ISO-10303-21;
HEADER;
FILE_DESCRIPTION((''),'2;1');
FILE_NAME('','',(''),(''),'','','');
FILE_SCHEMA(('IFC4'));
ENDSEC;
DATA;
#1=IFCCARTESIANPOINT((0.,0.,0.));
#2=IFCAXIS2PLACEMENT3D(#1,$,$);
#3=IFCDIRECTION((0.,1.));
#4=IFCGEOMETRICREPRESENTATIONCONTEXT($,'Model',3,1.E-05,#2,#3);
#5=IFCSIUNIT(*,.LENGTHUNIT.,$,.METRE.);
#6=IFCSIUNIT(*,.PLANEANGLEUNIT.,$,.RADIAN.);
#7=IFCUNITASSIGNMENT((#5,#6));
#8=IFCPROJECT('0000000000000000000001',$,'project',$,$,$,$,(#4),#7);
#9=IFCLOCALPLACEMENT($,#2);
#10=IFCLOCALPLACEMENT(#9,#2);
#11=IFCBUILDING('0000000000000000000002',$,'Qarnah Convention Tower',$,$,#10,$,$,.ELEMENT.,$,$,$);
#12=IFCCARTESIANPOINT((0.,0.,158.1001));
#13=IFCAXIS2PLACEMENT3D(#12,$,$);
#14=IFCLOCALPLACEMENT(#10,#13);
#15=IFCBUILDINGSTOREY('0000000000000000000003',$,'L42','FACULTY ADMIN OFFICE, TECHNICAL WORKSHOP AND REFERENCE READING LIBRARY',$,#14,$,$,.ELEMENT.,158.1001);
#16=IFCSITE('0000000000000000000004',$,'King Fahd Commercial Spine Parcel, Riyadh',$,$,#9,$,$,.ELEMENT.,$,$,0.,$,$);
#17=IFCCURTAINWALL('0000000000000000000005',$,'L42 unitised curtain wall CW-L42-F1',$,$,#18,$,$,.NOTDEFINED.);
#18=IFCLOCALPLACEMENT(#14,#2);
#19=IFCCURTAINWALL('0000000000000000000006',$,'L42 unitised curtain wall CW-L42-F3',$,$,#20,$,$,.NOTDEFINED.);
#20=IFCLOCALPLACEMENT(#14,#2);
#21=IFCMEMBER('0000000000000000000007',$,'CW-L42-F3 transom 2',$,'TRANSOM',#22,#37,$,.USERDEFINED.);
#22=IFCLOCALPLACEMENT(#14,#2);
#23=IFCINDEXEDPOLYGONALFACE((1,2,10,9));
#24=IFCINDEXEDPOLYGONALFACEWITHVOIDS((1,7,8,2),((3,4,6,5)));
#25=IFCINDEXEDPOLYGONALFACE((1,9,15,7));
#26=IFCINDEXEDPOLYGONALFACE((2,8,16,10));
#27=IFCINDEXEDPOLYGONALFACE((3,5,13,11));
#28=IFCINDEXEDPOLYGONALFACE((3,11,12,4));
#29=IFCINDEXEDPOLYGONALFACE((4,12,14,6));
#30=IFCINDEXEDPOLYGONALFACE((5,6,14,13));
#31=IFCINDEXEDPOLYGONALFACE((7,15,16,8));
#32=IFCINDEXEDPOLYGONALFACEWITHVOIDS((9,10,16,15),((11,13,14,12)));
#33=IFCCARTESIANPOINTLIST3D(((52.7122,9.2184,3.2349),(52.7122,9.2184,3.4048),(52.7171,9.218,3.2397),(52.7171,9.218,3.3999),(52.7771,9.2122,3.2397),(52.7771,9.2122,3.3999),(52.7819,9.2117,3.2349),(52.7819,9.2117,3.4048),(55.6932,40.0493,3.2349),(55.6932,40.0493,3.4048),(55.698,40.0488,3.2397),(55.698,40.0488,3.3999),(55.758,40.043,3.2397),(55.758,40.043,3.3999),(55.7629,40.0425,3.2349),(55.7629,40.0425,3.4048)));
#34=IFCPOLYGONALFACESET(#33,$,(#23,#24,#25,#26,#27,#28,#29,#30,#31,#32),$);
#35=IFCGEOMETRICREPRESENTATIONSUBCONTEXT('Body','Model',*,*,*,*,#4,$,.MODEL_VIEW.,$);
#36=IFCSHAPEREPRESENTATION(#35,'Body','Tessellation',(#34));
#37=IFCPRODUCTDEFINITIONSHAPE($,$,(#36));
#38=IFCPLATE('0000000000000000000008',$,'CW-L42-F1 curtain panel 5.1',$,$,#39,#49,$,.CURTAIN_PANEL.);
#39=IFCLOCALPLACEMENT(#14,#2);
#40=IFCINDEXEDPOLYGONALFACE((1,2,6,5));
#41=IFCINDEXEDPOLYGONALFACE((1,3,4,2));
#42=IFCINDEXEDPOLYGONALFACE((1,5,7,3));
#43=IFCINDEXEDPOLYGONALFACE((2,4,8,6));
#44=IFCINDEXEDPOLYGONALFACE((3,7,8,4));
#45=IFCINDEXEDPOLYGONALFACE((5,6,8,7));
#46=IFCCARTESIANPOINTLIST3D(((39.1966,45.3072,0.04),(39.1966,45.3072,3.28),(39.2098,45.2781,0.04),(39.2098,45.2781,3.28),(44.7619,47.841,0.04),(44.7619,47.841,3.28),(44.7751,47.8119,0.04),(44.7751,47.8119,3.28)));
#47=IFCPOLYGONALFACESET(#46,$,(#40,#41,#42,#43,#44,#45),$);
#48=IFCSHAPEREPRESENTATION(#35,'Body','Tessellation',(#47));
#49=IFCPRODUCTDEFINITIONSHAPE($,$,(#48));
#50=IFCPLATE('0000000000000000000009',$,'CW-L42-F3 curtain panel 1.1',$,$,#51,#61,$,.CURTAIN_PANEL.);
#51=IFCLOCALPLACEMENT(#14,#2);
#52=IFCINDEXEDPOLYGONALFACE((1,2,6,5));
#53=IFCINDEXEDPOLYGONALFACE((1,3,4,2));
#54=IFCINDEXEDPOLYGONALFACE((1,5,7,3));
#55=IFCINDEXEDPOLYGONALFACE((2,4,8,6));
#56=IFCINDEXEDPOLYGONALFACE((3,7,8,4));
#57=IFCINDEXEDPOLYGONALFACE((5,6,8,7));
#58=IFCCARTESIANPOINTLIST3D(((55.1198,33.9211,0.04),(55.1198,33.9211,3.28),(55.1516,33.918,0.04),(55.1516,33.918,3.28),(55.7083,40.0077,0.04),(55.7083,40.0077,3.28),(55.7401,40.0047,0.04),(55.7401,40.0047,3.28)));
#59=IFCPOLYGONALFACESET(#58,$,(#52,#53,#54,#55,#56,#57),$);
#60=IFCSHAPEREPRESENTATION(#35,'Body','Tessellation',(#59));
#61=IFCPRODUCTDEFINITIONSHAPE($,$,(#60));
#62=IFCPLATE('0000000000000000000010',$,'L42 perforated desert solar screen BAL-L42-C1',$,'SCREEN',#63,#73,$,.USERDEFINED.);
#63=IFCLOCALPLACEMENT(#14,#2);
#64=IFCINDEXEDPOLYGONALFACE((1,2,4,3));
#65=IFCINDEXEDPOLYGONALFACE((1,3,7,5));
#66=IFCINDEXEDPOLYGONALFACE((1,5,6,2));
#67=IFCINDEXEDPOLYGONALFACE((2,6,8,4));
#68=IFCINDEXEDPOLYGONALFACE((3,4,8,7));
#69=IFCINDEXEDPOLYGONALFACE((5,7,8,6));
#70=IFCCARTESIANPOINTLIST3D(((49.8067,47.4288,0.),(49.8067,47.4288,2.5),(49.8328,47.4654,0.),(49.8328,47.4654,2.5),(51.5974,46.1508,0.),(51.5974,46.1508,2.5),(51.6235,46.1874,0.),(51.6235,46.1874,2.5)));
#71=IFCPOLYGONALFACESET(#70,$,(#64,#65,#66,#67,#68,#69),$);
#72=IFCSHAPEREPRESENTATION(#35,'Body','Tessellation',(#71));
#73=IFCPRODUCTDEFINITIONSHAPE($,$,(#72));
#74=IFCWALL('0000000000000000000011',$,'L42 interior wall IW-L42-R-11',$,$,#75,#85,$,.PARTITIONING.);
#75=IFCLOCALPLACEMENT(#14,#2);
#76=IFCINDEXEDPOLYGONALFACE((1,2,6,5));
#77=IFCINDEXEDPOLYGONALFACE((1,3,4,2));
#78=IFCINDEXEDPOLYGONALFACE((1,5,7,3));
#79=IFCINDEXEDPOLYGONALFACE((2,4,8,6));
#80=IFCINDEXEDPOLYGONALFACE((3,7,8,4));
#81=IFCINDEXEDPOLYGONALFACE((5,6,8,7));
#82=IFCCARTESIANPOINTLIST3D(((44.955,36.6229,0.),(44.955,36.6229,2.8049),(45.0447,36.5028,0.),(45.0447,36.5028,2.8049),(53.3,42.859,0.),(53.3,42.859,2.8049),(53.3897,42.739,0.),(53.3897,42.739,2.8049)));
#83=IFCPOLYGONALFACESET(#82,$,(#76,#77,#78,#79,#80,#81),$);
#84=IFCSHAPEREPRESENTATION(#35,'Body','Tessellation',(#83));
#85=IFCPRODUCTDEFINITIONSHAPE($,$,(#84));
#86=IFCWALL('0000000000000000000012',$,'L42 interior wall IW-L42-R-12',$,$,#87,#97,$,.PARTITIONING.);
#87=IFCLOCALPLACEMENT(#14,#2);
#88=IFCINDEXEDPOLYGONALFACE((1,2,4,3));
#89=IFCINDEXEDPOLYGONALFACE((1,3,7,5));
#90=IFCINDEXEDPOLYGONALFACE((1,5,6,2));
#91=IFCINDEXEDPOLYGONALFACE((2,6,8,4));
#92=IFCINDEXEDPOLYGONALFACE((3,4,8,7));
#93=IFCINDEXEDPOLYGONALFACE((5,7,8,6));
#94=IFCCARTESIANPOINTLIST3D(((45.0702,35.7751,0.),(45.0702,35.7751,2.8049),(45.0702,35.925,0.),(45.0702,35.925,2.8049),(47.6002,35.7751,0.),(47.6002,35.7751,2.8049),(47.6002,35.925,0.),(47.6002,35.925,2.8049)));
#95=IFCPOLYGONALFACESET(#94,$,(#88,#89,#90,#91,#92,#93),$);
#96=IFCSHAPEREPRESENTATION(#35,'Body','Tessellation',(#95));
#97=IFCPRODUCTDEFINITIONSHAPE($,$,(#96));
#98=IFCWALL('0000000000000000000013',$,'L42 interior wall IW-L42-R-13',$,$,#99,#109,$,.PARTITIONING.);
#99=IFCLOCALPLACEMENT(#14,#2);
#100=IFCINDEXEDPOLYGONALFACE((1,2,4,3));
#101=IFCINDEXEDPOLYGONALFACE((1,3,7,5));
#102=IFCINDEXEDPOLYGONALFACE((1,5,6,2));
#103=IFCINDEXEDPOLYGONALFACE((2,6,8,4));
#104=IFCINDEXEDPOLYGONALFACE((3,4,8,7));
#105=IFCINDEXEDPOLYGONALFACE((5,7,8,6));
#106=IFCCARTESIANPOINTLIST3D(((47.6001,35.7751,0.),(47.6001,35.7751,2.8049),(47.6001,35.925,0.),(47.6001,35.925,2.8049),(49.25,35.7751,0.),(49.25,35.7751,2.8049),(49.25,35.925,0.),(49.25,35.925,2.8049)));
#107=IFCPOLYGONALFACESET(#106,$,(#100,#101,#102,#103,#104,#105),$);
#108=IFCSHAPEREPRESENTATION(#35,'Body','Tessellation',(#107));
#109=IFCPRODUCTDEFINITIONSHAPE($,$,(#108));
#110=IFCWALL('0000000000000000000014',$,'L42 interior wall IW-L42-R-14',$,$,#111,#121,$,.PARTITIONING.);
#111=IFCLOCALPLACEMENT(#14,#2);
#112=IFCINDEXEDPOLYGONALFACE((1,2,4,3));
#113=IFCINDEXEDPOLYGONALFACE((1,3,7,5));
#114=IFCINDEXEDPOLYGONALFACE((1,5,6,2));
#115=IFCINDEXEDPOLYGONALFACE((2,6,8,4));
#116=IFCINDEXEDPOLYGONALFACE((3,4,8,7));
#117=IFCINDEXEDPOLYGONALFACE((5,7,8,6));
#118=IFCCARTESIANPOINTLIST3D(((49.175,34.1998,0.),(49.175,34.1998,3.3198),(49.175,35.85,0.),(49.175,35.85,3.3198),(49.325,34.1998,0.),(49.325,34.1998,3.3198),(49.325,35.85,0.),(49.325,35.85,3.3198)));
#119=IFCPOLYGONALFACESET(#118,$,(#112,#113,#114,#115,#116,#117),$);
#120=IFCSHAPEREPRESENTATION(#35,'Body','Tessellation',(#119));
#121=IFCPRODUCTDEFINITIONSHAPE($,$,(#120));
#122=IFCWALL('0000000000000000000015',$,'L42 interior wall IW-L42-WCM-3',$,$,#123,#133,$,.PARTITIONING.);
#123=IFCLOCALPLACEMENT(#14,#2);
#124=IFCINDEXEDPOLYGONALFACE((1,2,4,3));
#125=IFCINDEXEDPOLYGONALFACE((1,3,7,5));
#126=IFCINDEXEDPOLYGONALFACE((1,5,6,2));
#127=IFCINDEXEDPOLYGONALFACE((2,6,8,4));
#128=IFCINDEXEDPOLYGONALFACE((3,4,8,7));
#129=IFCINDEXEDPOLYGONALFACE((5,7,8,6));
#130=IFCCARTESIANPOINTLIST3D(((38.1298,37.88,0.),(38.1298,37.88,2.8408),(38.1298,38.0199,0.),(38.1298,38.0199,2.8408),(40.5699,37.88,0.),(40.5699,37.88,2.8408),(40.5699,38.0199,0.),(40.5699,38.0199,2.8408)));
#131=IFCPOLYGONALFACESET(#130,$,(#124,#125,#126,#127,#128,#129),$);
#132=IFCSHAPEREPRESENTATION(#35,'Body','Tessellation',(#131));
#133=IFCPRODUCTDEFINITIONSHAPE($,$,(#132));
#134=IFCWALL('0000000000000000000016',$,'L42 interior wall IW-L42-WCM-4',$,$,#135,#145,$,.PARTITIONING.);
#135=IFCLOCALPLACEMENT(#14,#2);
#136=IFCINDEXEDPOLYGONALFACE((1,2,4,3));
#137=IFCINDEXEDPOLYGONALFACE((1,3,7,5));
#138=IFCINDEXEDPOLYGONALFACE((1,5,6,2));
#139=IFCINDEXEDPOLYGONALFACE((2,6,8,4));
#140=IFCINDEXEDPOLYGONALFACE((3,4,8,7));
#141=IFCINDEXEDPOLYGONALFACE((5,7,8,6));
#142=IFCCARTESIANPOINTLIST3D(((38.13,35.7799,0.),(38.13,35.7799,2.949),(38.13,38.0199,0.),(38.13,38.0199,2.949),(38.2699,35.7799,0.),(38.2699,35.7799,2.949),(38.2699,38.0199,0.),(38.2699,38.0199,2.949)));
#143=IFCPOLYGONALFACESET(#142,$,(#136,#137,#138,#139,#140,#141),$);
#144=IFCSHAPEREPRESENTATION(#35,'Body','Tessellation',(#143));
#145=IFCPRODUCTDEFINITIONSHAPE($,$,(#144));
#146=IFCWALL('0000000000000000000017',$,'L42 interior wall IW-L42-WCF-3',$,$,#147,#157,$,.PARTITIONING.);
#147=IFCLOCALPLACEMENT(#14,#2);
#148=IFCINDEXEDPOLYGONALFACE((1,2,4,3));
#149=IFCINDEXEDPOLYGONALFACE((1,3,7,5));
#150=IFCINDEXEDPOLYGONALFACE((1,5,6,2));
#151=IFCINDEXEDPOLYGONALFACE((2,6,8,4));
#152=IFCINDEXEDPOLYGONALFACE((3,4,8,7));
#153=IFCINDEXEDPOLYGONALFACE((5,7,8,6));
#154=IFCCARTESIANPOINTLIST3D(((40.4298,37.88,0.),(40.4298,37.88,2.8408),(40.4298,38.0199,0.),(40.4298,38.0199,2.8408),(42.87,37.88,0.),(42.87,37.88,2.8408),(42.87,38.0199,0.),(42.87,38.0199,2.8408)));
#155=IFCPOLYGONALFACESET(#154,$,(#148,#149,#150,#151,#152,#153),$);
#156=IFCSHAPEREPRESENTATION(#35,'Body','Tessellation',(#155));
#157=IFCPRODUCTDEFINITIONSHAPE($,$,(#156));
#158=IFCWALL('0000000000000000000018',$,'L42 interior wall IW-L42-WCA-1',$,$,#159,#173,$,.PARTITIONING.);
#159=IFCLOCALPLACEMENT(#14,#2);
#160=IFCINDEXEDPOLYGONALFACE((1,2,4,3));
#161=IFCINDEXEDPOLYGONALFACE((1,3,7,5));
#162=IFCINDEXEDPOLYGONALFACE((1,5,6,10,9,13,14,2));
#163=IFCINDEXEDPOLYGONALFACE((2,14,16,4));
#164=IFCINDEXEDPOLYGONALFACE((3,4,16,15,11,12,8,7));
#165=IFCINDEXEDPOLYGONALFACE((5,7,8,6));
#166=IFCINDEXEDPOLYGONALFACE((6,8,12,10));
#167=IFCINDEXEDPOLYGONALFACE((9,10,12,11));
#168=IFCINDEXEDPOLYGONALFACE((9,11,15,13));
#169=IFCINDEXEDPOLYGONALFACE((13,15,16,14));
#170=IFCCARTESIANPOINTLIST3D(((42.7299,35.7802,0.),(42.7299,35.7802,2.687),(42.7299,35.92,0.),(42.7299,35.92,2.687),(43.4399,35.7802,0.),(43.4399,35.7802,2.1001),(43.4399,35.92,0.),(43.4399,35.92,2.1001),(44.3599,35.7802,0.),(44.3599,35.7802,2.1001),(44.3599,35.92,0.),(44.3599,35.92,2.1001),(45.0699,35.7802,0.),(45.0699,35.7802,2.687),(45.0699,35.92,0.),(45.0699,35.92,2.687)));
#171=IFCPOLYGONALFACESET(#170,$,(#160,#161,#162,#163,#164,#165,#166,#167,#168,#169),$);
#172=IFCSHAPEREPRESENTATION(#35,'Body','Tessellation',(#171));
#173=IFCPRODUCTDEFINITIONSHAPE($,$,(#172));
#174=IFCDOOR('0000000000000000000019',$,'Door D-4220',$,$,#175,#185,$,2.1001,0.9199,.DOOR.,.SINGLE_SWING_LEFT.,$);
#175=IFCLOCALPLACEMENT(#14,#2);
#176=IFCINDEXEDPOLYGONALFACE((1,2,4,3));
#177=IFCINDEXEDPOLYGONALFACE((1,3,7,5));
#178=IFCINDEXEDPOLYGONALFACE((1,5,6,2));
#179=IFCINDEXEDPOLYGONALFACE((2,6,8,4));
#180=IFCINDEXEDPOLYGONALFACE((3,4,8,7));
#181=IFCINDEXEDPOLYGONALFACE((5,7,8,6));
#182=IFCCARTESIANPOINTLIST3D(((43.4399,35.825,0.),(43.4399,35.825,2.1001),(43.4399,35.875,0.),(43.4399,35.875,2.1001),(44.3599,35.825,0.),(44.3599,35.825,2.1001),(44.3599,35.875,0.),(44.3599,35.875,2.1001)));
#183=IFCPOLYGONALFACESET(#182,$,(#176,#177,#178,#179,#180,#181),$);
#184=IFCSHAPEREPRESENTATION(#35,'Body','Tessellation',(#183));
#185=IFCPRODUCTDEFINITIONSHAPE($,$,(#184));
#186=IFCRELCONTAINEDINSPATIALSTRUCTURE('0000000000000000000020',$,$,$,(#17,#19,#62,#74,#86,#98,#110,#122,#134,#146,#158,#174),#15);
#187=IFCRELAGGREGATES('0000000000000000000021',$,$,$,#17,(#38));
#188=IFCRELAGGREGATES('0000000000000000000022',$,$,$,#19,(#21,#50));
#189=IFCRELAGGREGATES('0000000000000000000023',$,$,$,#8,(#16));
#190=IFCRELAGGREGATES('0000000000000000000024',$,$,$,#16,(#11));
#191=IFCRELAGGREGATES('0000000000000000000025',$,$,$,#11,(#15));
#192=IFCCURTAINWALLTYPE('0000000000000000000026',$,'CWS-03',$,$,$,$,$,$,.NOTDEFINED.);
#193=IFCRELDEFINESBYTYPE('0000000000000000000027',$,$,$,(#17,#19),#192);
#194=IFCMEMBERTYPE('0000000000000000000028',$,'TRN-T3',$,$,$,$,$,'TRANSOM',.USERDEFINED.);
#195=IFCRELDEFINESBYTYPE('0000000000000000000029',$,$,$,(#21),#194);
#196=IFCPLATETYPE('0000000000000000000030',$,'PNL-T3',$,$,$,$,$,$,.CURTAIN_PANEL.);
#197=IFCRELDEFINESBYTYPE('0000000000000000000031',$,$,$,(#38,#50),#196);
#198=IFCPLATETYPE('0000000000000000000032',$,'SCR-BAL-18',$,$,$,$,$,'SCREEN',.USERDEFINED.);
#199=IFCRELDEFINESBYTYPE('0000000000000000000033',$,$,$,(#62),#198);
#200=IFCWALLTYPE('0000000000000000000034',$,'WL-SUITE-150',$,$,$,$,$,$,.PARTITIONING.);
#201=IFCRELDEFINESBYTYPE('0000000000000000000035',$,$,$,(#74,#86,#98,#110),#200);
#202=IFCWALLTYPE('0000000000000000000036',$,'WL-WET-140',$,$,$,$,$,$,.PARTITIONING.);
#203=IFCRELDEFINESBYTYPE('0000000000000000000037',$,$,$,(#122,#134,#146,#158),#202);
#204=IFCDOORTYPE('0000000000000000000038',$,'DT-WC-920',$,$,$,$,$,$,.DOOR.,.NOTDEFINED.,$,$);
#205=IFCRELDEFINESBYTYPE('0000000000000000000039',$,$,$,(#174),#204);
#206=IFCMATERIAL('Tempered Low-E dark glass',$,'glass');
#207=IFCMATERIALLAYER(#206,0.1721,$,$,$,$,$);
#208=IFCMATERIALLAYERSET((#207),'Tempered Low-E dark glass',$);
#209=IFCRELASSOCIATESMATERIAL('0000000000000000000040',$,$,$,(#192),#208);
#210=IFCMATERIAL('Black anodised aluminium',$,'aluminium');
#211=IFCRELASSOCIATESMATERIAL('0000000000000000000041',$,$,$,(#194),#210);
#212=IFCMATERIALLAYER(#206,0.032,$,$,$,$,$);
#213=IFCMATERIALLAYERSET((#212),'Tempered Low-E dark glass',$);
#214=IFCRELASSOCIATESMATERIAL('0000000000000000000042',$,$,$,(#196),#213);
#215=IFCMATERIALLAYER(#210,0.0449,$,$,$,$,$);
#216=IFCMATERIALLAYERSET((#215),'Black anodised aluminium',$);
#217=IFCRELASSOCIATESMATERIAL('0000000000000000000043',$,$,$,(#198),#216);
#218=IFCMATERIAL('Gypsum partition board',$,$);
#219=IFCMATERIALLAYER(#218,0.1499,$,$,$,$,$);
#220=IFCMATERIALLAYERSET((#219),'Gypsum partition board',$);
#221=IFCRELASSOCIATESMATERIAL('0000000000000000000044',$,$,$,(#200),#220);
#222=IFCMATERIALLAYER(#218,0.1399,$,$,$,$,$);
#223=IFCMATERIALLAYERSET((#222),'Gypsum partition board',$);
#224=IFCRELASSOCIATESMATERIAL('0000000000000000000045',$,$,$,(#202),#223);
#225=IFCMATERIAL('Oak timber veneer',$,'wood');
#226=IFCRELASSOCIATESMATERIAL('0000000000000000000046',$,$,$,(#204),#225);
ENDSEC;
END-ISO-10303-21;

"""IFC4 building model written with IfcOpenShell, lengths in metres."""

from ifc_helpers import new_model, si_unit, direction, frame, frame_2d, origin, origin_2d, place, context, subcontext, project, spatial, rectangle, hollow_rectangle, extrude, material, layer, layer_set, material_profile, profile_set, type_object, element, fill, aggregate, save


model = new_model("IFC4")

# Units and contexts
model_context = context("Model", 3, precision=1e-05, world=origin(), true_north=direction((0.0, 1.0)))
body_context = subcontext(model_context, "Body", "Model", "MODEL_VIEW")
ifc_project = project(units=[si_unit("LENGTHUNIT", "METRE"), si_unit("PLANEANGLEUNIT", "RADIAN")], contexts=[model_context])

# Site, building, storey
site_placement = place(None, origin())
site = spatial("IfcSite", under=ifc_project, at=site_placement, Name="King Fahd Commercial Spine Parcel, Riyadh", CompositionType="ELEMENT", RefElevation=0.0)
building_placement = place(site_placement, origin())
building = spatial("IfcBuilding", under=site, at=building_placement, Name="Qarnah Convention Tower", CompositionType="ELEMENT")
storey_placement = place(building_placement, frame((0.0, 0.0, 158.1001)))
storey = spatial("IfcBuildingStorey", under=building, at=storey_placement, Name="L42", Description="FACULTY ADMIN OFFICE, TECHNICAL WORKSHOP AND REFERENCE READING LIBRARY", CompositionType="ELEMENT", Elevation=158.1001)

# Curtain walls, member
ifc_material_1 = material(Name="Tempered Low-E dark glass", Category="glass")
ifc_layer_1 = layer(ifc_material_1, 0.1721)
ifc_layer_set_1 = layer_set([ifc_layer_1], Name="Tempered Low-E dark glass")
curtain_wall_type = type_object("IfcCurtainWallType", Name="CWS-03", PredefinedType="NOTDEFINED", material=ifc_layer_set_1)
curtain_wall_1_placement = place(storey_placement, origin())
curtain_wall_1 = element("IfcCurtainWall", 1, at=curtain_wall_1_placement, inside=storey, type_object=curtain_wall_type, Name="L42 unitised curtain wall CW-L42-F1", PredefinedType="NOTDEFINED")
ifc_material_2 = material(Name="Black anodised aluminium", Category="aluminium")
curtain_wall_2_placement = place(storey_placement, origin())
curtain_wall_2 = element("IfcCurtainWall", 2, at=curtain_wall_2_placement, inside=storey, type_object=curtain_wall_type, Name="L42 unitised curtain wall CW-L42-F3", PredefinedType="NOTDEFINED")
ifc_material_profile_1 = material_profile(ifc_material_2, hollow_rectangle(XDim=0.0701, YDim=0.1699, WallThickness=0.0049, at=origin_2d()), Name="TRN-70X170")
ifc_profile_set_1 = profile_set([ifc_material_profile_1], Name="Black anodised aluminium")
member_type_1 = type_object("IfcMemberType", Name="TRN-T3", ElementType="TRANSOM", PredefinedType="USERDEFINED", material=ifc_profile_set_1)
member_1_placement = place(storey_placement, frame((55.728, 40.0459, 3.3198), z_axis=(-0.096239, -0.995358, 0.0), x_axis=(0.995358, -0.096239, 0.0)))
member_1 = element("IfcMember", 3, at=member_1_placement, type_object=member_type_1, Name="CW-L42-F3 transom 2", ObjectType="TRANSOM", PredefinedType="USERDEFINED", context=body_context, shape_type="SweptSolid", body=[
    extrude(hollow_rectangle(XDim=0.0701, YDim=0.1699, WallThickness=0.0049, at=origin_2d()), origin(), (0.0, 0.0, 1.0), 30.9746),
])

# Plates
ifc_layer_2 = layer(ifc_material_1, 0.032)
ifc_layer_set_2 = layer_set([ifc_layer_2], Name="Tempered Low-E dark glass")
plate_type_1 = type_object("IfcPlateType", Name="PNL-T3", PredefinedType="CURTAIN_PANEL", material=ifc_layer_set_2)
plate_1_placement = place(storey_placement, frame((41.9858, 46.5596, 0.04), z_axis=(0.0, 0.0, 1.0), x_axis=(0.910112, 0.414362, 0.0)))
plate_1 = element("IfcPlate", 4, at=plate_1_placement, type_object=plate_type_1, Name="CW-L42-F1 curtain panel 5.1", PredefinedType="CURTAIN_PANEL", context=body_context, shape_type="SweptSolid", body=[
    extrude(rectangle(XDim=6.115, YDim=0.032, at=origin_2d()), origin(), (0.0, 0.0, 1.0), 3.24),
])
aggregate(curtain_wall_1, [plate_1])
plate_2_placement = place(storey_placement, frame((55.4299, 36.9629, 0.04), z_axis=(0.0, 0.0, 1.0), x_axis=(-0.09624, -0.995358, 0.0)))
plate_2 = element("IfcPlate", 5, at=plate_2_placement, type_object=plate_type_1, Name="CW-L42-F3 curtain panel 1.1", PredefinedType="CURTAIN_PANEL", context=body_context, shape_type="SweptSolid", body=[
    extrude(rectangle(XDim=6.115, YDim=0.032, at=origin_2d()), origin(), (0.0, 0.0, 1.0), 3.24),
])
aggregate(curtain_wall_2, [member_1, plate_2])
ifc_layer_3 = layer(ifc_material_2, 0.0449)
ifc_layer_set_3 = layer_set([ifc_layer_3], Name="Black anodised aluminium")
plate_type_2 = type_object("IfcPlateType", Name="SCR-BAL-18", ElementType="SCREEN", PredefinedType="USERDEFINED", material=ifc_layer_set_3)
plate_3_placement = place(storey_placement, frame((50.7151, 46.8081, 0.0), z_axis=(0.0, 0.0, 1.0), x_axis=(0.813969, -0.580909, 0.0)))
element("IfcPlate", 6, at=plate_3_placement, inside=storey, type_object=plate_type_2, Name="L42 perforated desert solar screen BAL-L42-C1", ObjectType="SCREEN", PredefinedType="USERDEFINED", context=body_context, shape_type="SweptSolid", body=[
    extrude(rectangle(XDim=2.2, YDim=0.0449, at=origin_2d()), origin(), (0.0, 0.0, 1.0), 2.5),
])

# Walls
ifc_material_3 = material(Name="Gypsum partition board")
ifc_layer_4 = layer(ifc_material_3, 0.1499)
ifc_layer_set_4 = layer_set([ifc_layer_4], Name="Gypsum partition board")
wall_type_1 = type_object("IfcWallType", Name="WL-SUITE-150", PredefinedType="PARTITIONING", material=ifc_layer_set_4)
wall_1_placement = place(storey_placement, frame((53.345, 42.7991, 0.0), z_axis=(0.0, 0.0, 1.0), x_axis=(-0.801042, -0.598608, 0.0)))
element("IfcWall", 7, at=wall_1_placement, inside=storey, type_object=wall_type_1, Name="L42 interior wall IW-L42-R-11", PredefinedType="PARTITIONING", context=body_context, shape_type="SweptSolid", body=[
    extrude(rectangle(XDim=10.4177, YDim=0.1499, at=frame_2d((5.209, 0.0))), origin(), (0.0, 0.0, 1.0), 2.8049),
])
wall_2_placement = place(storey_placement, frame((45.0701, 35.8501, 0.0), z_axis=(0.0, 0.0, 1.0), x_axis=(1.0, 0.0, 0.0)))
element("IfcWall", 8, at=wall_2_placement, inside=storey, type_object=wall_type_1, Name="L42 interior wall IW-L42-R-12", PredefinedType="PARTITIONING", context=body_context, shape_type="SweptSolid", body=[
    extrude(rectangle(XDim=2.53, YDim=0.1499, at=frame_2d((1.2651, 0.0))), origin(), (0.0, 0.0, 1.0), 2.8049),
])
wall_3_placement = place(storey_placement, frame((47.6001, 35.8501, 0.0), z_axis=(0.0, 0.0, 1.0), x_axis=(1.0, 0.0, 0.0)))
element("IfcWall", 9, at=wall_3_placement, inside=storey, type_object=wall_type_1, Name="L42 interior wall IW-L42-R-13", PredefinedType="PARTITIONING", context=body_context, shape_type="SweptSolid", body=[
    extrude(rectangle(XDim=1.6499, YDim=0.1499, at=frame_2d((0.825, 0.0))), origin(), (0.0, 0.0, 1.0), 2.8049),
])
wall_4_placement = place(storey_placement, frame((49.25, 35.8501, 0.0), z_axis=(0.0, 0.0, 1.0), x_axis=(0.0, -1.0, 0.0)))
element("IfcWall", 10, at=wall_4_placement, inside=storey, type_object=wall_type_1, Name="L42 interior wall IW-L42-R-14", PredefinedType="PARTITIONING", context=body_context, shape_type="SweptSolid", body=[
    extrude(rectangle(XDim=1.6501, YDim=0.1499, at=frame_2d((0.8252, 0.0))), origin(), (0.0, 0.0, 1.0), 3.3198),
])
ifc_layer_5 = layer(ifc_material_3, 0.1399)
ifc_layer_set_5 = layer_set([ifc_layer_5], Name="Gypsum partition board")
wall_type_2 = type_object("IfcWallType", Name="WL-WET-140", PredefinedType="PARTITIONING", material=ifc_layer_set_5)
wall_5_placement = place(storey_placement, frame((40.5701, 37.95, 0.0), z_axis=(0.0, 0.0, 1.0), x_axis=(-1.0, 0.0, 0.0)))
element("IfcWall", 11, at=wall_5_placement, inside=storey, type_object=wall_type_2, Name="L42 interior wall IW-L42-WCM-3", PredefinedType="PARTITIONING", context=body_context, shape_type="SweptSolid", body=[
    extrude(rectangle(XDim=2.4402, YDim=0.1399, at=frame_2d((1.2202, 0.0))), origin(), (0.0, 0.0, 1.0), 2.8408),
])
wall_6_placement = place(storey_placement, frame((38.2, 38.02, 0.0), z_axis=(0.0, 0.0, 1.0), x_axis=(0.0, -1.0, 0.0)))
element("IfcWall", 12, at=wall_6_placement, inside=storey, type_object=wall_type_2, Name="L42 interior wall IW-L42-WCM-4", PredefinedType="PARTITIONING", context=body_context, shape_type="SweptSolid", body=[
    extrude(rectangle(XDim=2.24, YDim=0.1399, at=frame_2d((1.1201, 0.0))), origin(), (0.0, 0.0, 1.0), 2.949),
])
wall_7_placement = place(storey_placement, frame((42.8701, 37.95, 0.0), z_axis=(0.0, 0.0, 1.0), x_axis=(-1.0, 0.0, 0.0)))
element("IfcWall", 13, at=wall_7_placement, inside=storey, type_object=wall_type_2, Name="L42 interior wall IW-L42-WCF-3", PredefinedType="PARTITIONING", context=body_context, shape_type="SweptSolid", body=[
    extrude(rectangle(XDim=2.4402, YDim=0.1399, at=frame_2d((1.2202, 0.0))), origin(), (0.0, 0.0, 1.0), 2.8408),
])

# Wall, opening, door
wall_8_placement = place(storey_placement, frame((42.73, 35.8501, 0.0), z_axis=(0.0, 0.0, 1.0), x_axis=(1.0, 0.0, 0.0)))
wall_8 = element("IfcWall", 14, at=wall_8_placement, inside=storey, type_object=wall_type_2, Name="L42 interior wall IW-L42-WCA-1", PredefinedType="PARTITIONING", context=body_context, shape_type="SweptSolid", body=[
    extrude(rectangle(XDim=2.3401, YDim=0.1399, at=frame_2d((1.1699, 0.0))), origin(), (0.0, 0.0, 1.0), 2.687),
])
opening_1_placement = place(wall_8_placement, frame((0.71, 0.0, 0.0)))
opening_1 = element("IfcOpeningElement", 15, at=opening_1_placement, cuts=wall_8, PredefinedType="OPENING", context=body_context, shape_type="SweptSolid", body=[
    extrude(rectangle(XDim=0.9199, YDim=2.1001, at=frame_2d((0.46, 1.05))), frame((0.0, 0.0798, 0.0), z_axis=(0.0, -1.0, 0.0), x_axis=(1.0, 0.0, 0.0)), (0.0, 0.0, 1.0), 0.1599),
])
ifc_material_4 = material(Name="Oak timber veneer", Category="wood")
door_type_1 = type_object("IfcDoorType", Name="DT-WC-920", OperationType="NOTDEFINED", PredefinedType="DOOR", material=ifc_material_4)
door_1_placement = place(opening_1_placement, origin())
door_1 = element("IfcDoor", 16, at=door_1_placement, inside=storey, type_object=door_type_1, Name="Door D-4220", OperationType="SINGLE_SWING_LEFT", OverallHeight=2.1001, OverallWidth=0.9199, PredefinedType="DOOR", context=body_context, shape_type="SweptSolid", body=[
    extrude(rectangle(XDim=0.9199, YDim=2.1001, at=frame_2d((0.46, 1.05))), frame((0.0, 0.0249, 0.0), z_axis=(0.0, -1.0, 0.0), x_axis=(1.0, 0.0, 0.0)), (0.0, 0.0, 1.0), 0.05),
])
fill(opening_1, door_1)

save(model, "model.ifc")
